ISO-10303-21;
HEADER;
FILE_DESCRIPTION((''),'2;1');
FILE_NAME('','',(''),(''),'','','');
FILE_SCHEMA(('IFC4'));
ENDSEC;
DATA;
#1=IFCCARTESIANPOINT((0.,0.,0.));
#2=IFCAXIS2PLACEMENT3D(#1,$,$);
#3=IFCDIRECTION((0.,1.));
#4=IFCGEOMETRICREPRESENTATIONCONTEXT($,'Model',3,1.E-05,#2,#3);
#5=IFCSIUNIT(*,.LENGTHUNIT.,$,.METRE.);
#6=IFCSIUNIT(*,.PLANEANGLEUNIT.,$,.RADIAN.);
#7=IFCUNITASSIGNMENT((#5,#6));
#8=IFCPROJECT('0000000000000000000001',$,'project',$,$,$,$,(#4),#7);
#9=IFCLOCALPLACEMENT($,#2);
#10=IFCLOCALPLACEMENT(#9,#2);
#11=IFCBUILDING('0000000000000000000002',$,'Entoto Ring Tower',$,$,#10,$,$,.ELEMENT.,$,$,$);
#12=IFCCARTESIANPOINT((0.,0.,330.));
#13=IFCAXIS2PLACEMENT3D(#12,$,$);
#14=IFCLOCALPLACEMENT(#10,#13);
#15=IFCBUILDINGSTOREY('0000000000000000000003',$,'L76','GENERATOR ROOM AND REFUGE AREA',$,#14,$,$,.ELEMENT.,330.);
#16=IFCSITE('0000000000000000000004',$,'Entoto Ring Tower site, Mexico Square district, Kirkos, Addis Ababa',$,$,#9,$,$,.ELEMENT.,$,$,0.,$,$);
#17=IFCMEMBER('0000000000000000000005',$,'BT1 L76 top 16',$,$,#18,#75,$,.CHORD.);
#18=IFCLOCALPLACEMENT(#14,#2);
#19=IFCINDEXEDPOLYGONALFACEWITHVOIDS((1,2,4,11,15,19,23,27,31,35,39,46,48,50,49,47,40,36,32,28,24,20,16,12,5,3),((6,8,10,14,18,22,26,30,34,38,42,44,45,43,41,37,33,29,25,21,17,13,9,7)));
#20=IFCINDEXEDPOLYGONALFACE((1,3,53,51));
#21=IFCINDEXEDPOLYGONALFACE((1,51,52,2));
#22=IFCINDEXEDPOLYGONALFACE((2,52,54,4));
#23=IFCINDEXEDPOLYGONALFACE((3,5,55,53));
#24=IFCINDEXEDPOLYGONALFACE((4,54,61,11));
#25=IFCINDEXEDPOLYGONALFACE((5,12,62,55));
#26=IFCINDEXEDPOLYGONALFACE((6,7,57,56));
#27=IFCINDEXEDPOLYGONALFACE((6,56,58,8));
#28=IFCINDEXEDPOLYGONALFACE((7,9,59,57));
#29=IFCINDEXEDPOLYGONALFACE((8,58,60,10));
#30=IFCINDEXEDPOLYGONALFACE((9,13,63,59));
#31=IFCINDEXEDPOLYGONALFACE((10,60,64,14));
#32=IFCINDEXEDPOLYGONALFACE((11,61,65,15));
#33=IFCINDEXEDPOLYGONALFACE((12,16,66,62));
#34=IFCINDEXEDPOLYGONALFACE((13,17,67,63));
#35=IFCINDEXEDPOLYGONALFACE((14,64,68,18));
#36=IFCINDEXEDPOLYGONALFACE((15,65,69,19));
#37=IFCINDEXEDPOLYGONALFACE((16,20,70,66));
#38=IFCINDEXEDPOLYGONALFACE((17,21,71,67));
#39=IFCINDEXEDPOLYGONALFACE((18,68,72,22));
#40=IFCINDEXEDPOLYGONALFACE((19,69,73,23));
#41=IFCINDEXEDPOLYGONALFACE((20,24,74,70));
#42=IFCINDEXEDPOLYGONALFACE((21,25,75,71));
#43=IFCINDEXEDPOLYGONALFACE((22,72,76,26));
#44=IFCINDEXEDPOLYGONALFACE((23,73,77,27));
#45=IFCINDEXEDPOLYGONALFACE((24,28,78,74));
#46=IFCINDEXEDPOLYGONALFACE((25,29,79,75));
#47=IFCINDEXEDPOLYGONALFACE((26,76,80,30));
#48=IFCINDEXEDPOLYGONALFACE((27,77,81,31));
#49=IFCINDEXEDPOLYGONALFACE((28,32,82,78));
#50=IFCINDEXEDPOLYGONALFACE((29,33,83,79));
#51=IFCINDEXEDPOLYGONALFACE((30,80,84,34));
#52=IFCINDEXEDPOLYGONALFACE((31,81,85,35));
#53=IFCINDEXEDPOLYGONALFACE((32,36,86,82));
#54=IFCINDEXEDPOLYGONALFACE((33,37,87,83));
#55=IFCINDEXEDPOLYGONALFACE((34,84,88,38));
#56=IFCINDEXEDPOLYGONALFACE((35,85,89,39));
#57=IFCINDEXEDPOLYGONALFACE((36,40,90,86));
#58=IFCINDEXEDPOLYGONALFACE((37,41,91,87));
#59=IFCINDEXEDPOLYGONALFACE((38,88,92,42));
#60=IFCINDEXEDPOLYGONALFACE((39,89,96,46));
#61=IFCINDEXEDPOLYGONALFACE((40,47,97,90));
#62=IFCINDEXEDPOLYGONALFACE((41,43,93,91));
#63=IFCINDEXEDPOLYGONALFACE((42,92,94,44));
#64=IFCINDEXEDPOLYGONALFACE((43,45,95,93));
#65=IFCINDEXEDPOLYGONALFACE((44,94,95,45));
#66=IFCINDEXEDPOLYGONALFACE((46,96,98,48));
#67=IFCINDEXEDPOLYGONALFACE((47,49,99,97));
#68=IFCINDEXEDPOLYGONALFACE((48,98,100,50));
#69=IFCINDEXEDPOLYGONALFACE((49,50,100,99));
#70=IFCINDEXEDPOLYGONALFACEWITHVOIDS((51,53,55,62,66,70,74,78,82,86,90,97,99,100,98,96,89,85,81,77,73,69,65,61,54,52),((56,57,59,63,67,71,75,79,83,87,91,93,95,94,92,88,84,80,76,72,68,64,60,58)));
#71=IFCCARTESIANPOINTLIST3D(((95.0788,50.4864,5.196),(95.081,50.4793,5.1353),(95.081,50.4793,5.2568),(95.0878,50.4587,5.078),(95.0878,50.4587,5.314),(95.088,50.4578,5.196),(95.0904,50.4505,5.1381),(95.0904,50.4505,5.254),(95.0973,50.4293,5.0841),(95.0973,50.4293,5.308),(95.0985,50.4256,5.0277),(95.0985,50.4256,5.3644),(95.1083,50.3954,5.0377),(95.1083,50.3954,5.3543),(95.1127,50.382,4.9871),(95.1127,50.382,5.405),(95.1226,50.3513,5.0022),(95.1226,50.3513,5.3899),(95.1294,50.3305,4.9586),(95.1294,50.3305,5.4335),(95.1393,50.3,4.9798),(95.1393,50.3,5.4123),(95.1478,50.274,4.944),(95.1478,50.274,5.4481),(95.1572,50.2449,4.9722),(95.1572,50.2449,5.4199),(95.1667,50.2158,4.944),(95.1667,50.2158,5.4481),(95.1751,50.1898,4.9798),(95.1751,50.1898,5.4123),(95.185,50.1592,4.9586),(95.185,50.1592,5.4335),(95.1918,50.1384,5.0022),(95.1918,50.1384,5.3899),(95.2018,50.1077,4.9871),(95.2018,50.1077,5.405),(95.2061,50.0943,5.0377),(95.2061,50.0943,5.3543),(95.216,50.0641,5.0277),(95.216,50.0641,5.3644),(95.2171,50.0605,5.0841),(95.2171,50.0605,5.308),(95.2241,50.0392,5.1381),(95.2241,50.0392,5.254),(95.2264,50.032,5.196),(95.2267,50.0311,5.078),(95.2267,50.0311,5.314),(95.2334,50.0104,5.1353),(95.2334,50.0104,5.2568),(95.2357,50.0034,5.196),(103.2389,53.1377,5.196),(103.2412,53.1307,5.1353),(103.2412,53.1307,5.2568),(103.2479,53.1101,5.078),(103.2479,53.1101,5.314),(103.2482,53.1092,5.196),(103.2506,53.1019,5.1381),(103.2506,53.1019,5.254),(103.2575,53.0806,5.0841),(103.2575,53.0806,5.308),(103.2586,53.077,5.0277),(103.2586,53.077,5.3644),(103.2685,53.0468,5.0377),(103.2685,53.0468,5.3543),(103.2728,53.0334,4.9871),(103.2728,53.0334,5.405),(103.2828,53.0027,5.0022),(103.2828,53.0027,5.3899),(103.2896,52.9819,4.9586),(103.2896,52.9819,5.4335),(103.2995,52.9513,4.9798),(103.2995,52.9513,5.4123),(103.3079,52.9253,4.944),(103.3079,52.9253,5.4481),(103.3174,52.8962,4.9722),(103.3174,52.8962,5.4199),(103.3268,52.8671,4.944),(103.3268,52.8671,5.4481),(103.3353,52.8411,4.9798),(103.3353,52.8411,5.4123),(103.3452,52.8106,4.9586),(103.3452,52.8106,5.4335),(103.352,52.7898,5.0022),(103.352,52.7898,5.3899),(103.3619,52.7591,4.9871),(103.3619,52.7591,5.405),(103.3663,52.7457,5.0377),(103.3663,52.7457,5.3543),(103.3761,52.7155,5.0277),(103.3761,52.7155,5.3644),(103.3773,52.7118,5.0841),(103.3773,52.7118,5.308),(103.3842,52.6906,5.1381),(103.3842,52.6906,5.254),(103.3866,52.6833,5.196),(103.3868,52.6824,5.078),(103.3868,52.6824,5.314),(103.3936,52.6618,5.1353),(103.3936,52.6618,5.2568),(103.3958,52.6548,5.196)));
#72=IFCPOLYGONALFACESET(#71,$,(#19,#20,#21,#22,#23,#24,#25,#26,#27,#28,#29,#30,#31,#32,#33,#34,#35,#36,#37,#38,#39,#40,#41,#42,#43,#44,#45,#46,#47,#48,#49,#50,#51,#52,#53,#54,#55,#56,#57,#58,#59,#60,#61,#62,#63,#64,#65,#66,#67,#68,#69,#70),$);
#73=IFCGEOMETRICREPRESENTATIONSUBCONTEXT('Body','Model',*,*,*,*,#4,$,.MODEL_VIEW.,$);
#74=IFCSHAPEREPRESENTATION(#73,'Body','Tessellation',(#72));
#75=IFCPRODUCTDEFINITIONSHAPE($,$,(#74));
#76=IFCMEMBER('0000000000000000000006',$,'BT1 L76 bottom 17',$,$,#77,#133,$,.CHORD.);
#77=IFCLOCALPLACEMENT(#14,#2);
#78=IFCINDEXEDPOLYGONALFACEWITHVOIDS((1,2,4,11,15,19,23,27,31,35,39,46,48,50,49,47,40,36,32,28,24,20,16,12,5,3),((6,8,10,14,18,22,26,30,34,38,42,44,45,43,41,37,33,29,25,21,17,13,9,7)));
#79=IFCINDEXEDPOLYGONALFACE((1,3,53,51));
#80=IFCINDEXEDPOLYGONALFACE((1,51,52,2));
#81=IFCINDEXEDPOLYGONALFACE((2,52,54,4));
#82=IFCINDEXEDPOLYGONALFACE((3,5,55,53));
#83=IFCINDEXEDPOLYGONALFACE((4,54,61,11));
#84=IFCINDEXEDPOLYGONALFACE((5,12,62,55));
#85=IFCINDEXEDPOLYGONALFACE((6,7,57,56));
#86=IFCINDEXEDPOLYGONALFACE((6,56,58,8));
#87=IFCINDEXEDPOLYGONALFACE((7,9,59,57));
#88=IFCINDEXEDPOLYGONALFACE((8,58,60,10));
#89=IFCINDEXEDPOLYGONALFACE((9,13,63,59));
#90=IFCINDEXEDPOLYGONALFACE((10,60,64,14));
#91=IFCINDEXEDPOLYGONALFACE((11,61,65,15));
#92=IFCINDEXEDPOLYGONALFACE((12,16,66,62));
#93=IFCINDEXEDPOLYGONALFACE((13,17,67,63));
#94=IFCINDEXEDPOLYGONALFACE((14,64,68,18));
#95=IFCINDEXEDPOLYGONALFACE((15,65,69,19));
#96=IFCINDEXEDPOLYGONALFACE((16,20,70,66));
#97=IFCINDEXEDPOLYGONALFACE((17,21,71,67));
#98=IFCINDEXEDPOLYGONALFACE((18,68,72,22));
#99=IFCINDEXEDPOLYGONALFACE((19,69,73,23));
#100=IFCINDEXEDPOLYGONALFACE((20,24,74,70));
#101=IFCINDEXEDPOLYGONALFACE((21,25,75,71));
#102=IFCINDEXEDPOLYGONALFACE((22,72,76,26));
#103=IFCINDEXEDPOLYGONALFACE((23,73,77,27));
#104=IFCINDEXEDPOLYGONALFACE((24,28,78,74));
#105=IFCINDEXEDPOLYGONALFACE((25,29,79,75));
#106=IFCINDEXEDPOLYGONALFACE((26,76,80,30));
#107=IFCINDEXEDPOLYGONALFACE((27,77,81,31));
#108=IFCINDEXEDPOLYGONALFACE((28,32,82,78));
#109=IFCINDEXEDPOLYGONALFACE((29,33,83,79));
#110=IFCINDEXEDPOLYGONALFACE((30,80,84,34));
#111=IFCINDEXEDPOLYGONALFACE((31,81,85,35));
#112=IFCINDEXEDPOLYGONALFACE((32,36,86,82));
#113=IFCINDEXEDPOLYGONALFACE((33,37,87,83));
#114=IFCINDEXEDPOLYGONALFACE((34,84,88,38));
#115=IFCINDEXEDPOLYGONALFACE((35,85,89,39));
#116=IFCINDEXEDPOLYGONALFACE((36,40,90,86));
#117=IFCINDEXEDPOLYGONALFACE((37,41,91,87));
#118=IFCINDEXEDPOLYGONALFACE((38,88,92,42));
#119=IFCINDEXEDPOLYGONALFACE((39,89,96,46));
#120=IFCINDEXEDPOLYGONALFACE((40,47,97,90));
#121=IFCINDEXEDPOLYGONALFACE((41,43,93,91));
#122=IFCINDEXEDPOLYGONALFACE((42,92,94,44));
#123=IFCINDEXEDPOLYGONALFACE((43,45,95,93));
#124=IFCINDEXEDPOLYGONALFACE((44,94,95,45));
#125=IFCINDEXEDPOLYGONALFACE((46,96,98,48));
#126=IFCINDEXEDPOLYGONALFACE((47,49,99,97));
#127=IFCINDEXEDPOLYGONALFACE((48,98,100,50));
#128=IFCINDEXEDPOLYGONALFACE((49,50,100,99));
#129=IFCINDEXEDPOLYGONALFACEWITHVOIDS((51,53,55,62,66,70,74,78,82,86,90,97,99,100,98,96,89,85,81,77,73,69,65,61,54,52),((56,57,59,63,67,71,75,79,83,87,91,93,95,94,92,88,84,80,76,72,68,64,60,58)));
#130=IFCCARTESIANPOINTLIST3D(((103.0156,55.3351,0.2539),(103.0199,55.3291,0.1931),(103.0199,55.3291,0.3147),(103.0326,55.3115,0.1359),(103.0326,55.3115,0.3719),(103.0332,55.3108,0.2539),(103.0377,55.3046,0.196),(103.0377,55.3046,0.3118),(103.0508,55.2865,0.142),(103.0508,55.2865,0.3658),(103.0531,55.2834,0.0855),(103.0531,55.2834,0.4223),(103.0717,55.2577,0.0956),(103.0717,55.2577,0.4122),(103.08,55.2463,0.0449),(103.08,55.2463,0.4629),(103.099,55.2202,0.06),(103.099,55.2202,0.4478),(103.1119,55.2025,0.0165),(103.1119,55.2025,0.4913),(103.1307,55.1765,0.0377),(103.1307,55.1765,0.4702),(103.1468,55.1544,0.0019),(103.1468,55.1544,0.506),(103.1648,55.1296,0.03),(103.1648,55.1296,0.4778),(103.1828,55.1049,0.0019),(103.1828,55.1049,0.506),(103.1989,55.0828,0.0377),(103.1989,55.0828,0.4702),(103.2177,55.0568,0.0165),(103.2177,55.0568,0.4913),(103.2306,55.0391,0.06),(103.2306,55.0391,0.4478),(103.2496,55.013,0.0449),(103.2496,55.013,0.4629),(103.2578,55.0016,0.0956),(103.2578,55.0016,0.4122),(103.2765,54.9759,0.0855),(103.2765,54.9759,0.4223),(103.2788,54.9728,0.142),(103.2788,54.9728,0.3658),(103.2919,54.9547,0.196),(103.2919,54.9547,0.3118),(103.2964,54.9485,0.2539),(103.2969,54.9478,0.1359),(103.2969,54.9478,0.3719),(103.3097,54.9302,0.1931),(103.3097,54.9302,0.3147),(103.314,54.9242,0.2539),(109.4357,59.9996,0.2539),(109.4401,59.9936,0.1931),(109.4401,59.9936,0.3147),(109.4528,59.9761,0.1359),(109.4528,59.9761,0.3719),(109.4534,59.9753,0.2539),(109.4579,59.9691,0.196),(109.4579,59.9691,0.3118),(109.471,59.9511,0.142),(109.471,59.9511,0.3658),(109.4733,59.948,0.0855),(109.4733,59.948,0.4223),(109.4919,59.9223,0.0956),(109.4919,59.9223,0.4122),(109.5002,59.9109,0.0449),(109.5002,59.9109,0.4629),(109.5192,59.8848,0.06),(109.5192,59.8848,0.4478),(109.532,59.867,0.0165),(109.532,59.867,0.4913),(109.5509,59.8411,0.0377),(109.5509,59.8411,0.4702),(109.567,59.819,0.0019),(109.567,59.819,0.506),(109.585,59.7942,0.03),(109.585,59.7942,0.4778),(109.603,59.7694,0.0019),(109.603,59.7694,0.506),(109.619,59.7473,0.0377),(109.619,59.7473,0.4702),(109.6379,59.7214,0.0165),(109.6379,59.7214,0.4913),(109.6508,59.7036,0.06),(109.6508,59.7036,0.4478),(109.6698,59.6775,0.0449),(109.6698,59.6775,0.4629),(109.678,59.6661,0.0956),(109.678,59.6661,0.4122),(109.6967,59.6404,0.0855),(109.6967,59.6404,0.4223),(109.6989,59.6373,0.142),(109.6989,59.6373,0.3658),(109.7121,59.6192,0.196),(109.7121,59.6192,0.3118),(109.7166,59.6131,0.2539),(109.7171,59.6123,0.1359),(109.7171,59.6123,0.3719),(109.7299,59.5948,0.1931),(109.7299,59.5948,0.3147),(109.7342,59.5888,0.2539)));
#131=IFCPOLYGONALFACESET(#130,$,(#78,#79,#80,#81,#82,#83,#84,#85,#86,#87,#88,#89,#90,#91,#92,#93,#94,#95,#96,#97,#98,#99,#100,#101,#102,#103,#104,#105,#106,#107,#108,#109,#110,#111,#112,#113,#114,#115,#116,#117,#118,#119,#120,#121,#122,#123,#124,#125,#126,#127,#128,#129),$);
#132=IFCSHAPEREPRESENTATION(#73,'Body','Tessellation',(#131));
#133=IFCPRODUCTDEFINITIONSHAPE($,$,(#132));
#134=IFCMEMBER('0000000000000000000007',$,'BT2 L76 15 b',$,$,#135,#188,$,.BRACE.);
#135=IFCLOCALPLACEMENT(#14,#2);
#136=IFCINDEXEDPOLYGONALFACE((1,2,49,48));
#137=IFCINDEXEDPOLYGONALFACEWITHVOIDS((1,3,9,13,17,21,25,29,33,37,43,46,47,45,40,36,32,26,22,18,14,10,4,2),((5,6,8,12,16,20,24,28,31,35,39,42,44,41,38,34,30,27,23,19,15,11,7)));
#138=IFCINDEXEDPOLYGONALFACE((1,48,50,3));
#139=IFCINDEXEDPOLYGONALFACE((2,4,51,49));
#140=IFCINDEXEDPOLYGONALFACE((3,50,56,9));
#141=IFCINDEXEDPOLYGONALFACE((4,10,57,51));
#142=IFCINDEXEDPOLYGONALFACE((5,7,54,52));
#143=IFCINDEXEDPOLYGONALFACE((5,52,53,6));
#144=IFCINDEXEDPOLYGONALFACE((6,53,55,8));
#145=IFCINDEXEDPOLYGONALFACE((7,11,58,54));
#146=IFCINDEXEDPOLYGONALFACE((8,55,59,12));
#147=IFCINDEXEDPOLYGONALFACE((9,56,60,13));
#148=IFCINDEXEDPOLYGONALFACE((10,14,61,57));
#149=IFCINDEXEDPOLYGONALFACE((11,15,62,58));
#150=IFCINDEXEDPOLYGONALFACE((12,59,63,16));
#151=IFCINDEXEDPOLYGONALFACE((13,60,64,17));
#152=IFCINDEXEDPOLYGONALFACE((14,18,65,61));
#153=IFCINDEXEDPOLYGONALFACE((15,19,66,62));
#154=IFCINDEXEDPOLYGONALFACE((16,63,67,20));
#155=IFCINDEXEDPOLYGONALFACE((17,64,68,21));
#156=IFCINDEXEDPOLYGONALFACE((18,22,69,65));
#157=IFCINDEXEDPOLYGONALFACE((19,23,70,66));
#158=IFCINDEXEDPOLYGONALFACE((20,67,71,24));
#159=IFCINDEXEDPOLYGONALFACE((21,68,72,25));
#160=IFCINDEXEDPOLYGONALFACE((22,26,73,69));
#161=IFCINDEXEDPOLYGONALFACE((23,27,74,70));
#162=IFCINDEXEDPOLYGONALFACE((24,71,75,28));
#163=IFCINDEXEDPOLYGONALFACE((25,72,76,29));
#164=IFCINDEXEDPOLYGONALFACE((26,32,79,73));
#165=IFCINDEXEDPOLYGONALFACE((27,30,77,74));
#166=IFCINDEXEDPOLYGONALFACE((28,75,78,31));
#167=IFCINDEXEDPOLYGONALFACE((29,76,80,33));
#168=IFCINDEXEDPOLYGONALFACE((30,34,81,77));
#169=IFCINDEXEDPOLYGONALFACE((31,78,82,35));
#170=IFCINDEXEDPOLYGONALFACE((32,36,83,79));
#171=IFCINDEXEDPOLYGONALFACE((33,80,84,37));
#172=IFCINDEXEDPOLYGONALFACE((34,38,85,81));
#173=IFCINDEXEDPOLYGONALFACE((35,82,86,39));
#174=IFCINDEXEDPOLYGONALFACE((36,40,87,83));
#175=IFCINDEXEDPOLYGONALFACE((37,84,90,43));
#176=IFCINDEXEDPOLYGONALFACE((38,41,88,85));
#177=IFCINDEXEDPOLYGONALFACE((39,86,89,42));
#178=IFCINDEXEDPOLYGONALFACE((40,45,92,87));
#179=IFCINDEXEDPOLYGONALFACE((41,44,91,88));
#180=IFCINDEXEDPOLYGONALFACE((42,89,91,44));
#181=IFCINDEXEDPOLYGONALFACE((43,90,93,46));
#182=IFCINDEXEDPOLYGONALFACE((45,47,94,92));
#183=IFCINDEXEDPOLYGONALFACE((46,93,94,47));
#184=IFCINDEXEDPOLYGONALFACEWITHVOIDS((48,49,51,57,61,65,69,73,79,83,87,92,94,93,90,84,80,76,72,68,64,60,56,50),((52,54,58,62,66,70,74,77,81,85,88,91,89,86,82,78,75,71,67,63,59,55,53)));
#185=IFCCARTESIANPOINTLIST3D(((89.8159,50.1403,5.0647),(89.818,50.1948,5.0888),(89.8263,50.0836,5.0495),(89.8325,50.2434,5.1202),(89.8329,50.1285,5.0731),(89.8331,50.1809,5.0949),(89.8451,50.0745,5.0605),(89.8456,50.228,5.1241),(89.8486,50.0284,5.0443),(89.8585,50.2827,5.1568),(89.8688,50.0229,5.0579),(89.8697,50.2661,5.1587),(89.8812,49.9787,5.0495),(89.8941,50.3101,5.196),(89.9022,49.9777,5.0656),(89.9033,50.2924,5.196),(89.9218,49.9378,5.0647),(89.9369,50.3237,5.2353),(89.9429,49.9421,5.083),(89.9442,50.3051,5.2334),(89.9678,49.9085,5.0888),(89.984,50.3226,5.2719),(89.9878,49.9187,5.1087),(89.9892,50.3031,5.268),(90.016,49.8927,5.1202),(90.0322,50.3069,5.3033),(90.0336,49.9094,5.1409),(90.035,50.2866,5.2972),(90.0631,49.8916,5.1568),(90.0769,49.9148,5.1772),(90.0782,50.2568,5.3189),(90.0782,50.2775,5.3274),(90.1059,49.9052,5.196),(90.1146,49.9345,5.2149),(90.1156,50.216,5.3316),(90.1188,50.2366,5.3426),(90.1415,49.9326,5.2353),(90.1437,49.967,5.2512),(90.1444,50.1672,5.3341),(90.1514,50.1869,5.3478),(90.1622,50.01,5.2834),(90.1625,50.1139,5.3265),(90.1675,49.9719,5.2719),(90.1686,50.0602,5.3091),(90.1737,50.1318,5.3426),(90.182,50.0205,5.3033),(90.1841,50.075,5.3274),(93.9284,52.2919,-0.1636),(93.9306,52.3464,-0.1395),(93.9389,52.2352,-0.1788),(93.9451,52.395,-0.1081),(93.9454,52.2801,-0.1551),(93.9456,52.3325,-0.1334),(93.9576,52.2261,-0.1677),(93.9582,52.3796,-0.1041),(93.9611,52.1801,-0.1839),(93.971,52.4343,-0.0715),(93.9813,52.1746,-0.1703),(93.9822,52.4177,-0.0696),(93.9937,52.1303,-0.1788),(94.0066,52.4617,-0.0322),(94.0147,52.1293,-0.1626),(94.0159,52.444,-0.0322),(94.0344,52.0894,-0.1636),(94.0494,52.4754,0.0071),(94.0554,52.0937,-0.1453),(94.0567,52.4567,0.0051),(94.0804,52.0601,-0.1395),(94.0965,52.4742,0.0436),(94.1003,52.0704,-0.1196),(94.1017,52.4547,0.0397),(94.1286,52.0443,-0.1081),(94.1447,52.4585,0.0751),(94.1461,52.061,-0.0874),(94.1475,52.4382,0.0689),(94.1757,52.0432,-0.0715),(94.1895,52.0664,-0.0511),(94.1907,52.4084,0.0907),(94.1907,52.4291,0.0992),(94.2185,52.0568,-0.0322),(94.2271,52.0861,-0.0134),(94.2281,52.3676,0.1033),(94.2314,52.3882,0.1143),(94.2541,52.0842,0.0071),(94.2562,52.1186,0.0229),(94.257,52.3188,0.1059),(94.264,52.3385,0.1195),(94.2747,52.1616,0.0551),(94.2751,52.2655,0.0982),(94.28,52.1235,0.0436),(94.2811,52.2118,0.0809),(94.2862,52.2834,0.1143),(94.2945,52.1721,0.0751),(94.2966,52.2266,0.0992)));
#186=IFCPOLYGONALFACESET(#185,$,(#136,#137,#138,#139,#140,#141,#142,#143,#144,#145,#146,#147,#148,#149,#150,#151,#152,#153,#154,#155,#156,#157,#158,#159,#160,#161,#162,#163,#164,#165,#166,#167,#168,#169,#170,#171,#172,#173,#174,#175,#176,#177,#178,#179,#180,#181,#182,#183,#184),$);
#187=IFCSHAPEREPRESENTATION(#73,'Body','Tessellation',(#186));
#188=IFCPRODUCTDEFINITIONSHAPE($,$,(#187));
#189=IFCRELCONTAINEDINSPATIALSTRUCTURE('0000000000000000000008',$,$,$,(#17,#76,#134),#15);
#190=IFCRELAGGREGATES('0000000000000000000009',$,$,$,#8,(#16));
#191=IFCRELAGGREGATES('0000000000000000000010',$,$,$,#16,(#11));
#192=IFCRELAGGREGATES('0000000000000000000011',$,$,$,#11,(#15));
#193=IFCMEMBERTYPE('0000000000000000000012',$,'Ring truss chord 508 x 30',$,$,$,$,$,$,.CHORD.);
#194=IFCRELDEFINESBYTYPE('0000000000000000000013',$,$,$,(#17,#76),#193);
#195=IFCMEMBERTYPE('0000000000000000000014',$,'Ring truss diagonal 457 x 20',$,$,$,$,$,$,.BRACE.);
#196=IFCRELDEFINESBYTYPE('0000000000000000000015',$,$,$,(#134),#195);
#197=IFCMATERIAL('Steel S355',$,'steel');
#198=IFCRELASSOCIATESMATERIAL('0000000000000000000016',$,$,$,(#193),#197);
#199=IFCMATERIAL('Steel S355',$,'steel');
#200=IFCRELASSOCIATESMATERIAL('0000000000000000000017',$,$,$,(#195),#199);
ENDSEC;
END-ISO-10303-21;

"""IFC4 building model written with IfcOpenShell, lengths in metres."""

from ifc_helpers import new_model, si_unit, direction, frame, origin, origin_2d, place, context, subcontext, project, spatial, circle, hollow_circle, extrude, material, material_profile, profile_set, type_object, element, save


model = new_model("IFC4")

# Units and contexts
model_context = context("Model", 3, precision=1e-05, world=origin(), true_north=direction((0.0, 1.0)))
body_context = subcontext(model_context, "Body", "Model", "MODEL_VIEW")
ifc_project = project(units=[si_unit("LENGTHUNIT", "METRE"), si_unit("PLANEANGLEUNIT", "RADIAN")], contexts=[model_context])

# Site, building, storey
site_placement = place(None, origin())
site = spatial("IfcSite", under=ifc_project, at=site_placement, Name="Entoto Ring Tower site, Mexico Square district, Kirkos, Addis Ababa", CompositionType="ELEMENT", RefElevation=0.0)
building_placement = place(site_placement, origin())
building = spatial("IfcBuilding", under=site, at=building_placement, Name="Entoto Ring Tower", CompositionType="ELEMENT")
storey_placement = place(building_placement, frame((0.0, 0.0, 330.0)))
storey = spatial("IfcBuildingStorey", under=building, at=storey_placement, Name="L76", Description="GENERATOR ROOM AND REFUGE AREA", CompositionType="ELEMENT", Elevation=330.0)

# Members
ifc_material_1 = material(Name="Steel S355", Category="steel")
ifc_material_profile_1 = material_profile(ifc_material_1, hollow_circle(Radius=0.2539, WallThickness=0.03, at=origin_2d()), Name="CHS 508 x 30")
ifc_material_2 = material(Name="Concrete C60/75", Category="concrete")
ifc_material_profile_2 = material_profile(ifc_material_2, circle(Radius=0.2241, at=origin_2d()), Name="Concrete C60/75 infill")
ifc_profile_set_1 = profile_set([ifc_material_profile_1, ifc_material_profile_2], Name="Steel S355")
member_type_1 = type_object("IfcMemberType", Name="Ring truss chord 508 x 30", PredefinedType="CHORD", material=ifc_profile_set_1)
member_1_placement = place(storey_placement, frame((95.1572, 50.2449, 5.196), z_axis=(0.951057, 0.309014, 0.0), x_axis=(-0.309014, 0.951057, 0.0)))
element("IfcMember", 1, at=member_1_placement, inside=storey, type_object=member_type_1, Name="BT1 L76 top 16", PredefinedType="CHORD", context=body_context, shape_type="SweptSolid", body=[
    extrude(hollow_circle(Radius=0.2539, WallThickness=0.03, at=origin_2d()), origin(), (0.0, 0.0, 1.0), 8.5801),
])
member_2_placement = place(storey_placement, frame((103.1648, 55.1296, 0.2539), z_axis=(0.809015, 0.587787, 0.0), x_axis=(-0.587787, 0.809015, 0.0)))
element("IfcMember", 2, at=member_2_placement, inside=storey, type_object=member_type_1, Name="BT1 L76 bottom 17", PredefinedType="CHORD", context=body_context, shape_type="SweptSolid", body=[
    extrude(hollow_circle(Radius=0.2539, WallThickness=0.03, at=origin_2d()), origin(), (0.0, 0.0, 1.0), 7.9358),
])
ifc_material_3 = material(Name="Steel S355", Category="steel")
ifc_material_profile_3 = material_profile(ifc_material_3, hollow_circle(Radius=0.2285, WallThickness=0.02, at=origin_2d()), Name="CHS 457 x 20")
ifc_material_4 = material(Name="Concrete C60/75", Category="concrete")
ifc_material_profile_4 = material_profile(ifc_material_4, circle(Radius=0.2085, at=origin_2d()), Name="Concrete C60/75 infill")
ifc_profile_set_2 = profile_set([ifc_material_profile_3, ifc_material_profile_4], Name="Steel S355")
member_type_2 = type_object("IfcMemberType", Name="Ring truss diagonal 457 x 20", PredefinedType="BRACE", material=ifc_profile_set_2)
for number, where, z_axis, x_axis, name in (
    (3, (90.0, 50.1077, 5.196), (0.588244, 0.307759, -0.747833), (-0.463571, 0.88606, 0.0), "BT2 L76 15 b"),
):
    element("IfcMember", number, at=place(storey_placement, frame(where, z_axis=z_axis, x_axis=x_axis)), inside=storey, type_object=member_type_2, Name=name, PredefinedType="BRACE", context=body_context, shape_type="SweptSolid", body=[
        extrude(hollow_circle(Radius=0.2285, WallThickness=0.02, at=origin_2d()), origin(), (0.0, 0.0, 1.0), 6.9912),
    ])

save(model, "model.ifc")
